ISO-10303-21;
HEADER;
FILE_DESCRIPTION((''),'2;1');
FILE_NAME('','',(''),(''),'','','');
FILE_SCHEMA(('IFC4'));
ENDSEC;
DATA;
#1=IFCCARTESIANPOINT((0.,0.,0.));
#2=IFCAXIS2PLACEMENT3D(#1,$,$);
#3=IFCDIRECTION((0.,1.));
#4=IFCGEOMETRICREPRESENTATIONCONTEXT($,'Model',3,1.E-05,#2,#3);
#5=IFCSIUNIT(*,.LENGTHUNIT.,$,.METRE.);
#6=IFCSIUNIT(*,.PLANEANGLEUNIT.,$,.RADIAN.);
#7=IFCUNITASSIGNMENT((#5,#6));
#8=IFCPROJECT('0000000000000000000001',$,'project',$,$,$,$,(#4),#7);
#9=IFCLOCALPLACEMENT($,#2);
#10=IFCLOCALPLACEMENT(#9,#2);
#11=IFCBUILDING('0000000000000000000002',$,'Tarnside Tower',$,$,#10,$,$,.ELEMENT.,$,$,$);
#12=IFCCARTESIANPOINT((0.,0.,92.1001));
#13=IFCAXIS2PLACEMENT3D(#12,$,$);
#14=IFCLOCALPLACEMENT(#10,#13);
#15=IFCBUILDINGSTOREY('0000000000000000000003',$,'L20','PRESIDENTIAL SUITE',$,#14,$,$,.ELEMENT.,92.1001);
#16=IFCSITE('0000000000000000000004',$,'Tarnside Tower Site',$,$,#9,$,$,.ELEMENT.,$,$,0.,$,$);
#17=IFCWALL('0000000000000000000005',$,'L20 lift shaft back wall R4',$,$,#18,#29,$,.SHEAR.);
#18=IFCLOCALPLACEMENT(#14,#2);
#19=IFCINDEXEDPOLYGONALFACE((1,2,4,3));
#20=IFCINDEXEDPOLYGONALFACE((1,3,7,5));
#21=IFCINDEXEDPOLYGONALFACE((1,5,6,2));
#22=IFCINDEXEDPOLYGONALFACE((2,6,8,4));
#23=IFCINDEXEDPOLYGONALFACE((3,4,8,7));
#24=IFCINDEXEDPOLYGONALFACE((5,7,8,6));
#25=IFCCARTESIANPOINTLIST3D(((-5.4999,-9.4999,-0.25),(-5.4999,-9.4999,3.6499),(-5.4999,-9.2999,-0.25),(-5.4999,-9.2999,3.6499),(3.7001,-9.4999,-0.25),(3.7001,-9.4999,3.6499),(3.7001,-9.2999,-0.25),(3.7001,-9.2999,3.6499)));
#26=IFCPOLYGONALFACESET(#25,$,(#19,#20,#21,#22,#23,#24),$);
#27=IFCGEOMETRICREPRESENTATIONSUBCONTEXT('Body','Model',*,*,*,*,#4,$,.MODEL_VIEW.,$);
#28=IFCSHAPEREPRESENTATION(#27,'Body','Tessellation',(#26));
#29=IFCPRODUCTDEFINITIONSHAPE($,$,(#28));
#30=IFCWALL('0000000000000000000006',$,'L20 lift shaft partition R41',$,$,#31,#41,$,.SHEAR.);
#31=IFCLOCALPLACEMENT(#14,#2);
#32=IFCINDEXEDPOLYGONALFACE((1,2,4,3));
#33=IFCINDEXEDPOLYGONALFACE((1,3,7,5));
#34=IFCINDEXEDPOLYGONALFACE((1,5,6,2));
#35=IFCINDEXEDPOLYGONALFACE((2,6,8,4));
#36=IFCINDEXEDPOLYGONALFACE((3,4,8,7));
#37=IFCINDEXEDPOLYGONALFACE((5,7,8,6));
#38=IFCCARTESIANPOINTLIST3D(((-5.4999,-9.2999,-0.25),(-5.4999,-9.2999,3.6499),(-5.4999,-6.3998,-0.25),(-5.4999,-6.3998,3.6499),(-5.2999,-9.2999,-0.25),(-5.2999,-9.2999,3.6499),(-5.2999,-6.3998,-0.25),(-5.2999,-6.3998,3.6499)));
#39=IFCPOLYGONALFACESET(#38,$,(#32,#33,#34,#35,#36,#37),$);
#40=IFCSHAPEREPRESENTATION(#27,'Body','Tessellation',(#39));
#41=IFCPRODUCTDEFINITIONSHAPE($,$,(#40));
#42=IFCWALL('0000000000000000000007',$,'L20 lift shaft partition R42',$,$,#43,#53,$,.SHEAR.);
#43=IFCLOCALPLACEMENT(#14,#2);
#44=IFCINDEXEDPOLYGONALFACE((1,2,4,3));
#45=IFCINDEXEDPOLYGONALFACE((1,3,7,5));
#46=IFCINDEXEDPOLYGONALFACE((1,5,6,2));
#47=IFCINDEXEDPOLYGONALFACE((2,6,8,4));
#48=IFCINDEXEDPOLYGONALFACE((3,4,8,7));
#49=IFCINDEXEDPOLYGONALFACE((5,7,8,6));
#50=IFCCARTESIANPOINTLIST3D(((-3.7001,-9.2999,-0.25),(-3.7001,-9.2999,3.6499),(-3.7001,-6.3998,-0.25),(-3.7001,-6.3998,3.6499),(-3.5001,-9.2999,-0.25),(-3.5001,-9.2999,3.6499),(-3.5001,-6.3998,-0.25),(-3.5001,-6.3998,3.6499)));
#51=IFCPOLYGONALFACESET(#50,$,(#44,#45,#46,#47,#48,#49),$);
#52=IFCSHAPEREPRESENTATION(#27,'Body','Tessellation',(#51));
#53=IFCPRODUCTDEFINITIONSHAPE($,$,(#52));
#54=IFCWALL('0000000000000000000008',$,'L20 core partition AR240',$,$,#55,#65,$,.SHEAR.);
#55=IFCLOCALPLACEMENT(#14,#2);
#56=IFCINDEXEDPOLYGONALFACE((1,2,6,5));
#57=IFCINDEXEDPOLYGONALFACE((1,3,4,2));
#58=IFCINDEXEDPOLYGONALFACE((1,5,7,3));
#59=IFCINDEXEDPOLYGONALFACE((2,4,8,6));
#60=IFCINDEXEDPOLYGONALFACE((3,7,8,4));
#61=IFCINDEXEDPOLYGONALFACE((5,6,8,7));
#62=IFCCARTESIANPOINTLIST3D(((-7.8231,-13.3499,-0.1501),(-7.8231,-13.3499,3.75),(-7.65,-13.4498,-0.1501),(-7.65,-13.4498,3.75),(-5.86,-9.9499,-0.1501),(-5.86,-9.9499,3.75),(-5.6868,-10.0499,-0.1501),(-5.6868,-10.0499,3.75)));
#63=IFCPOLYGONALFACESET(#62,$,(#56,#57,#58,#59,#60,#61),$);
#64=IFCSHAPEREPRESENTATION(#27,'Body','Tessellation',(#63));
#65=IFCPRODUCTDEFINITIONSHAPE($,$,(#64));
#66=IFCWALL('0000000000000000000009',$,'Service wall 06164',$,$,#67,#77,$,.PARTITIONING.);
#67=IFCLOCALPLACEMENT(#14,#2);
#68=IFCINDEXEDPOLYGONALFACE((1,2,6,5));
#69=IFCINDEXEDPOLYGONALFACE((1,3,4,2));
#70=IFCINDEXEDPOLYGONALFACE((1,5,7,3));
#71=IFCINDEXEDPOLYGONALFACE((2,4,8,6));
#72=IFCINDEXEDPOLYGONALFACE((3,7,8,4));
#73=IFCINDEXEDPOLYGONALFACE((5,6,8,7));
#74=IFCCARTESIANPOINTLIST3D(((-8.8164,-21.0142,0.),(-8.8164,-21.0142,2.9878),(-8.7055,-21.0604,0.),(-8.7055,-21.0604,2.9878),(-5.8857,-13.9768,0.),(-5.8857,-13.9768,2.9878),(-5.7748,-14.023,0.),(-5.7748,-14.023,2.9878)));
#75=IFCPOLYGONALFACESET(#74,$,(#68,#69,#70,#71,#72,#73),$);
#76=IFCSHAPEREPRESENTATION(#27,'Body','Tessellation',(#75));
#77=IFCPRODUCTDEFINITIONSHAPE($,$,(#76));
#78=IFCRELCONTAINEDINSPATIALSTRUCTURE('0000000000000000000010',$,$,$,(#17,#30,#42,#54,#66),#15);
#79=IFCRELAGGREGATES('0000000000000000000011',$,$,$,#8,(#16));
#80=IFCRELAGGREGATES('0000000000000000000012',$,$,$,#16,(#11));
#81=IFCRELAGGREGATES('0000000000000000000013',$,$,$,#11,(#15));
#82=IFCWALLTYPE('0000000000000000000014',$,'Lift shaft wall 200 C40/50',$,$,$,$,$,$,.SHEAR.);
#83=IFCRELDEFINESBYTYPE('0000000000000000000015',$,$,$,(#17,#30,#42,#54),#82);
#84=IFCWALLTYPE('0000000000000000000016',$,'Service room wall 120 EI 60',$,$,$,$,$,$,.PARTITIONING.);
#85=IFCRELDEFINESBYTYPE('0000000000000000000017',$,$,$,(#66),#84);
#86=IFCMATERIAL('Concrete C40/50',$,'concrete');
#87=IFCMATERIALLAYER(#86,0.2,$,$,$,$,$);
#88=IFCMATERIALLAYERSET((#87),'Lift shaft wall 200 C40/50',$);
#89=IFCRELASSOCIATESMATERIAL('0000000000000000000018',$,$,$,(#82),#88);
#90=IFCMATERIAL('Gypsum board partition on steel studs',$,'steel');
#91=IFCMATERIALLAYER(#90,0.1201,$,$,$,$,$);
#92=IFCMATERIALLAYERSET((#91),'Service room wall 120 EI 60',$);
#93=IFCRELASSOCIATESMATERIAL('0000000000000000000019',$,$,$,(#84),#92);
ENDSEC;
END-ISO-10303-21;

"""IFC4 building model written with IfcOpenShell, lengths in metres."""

from ifc_helpers import new_model, si_unit, direction, frame, frame_2d, origin, place, context, subcontext, project, spatial, rectangle, extrude, material, layer, layer_set, type_object, element, save


model = new_model("IFC4")

# Units and contexts
model_context = context("Model", 3, precision=1e-05, world=origin(), true_north=direction((0.0, 1.0)))
body_context = subcontext(model_context, "Body", "Model", "MODEL_VIEW")
ifc_project = project(units=[si_unit("LENGTHUNIT", "METRE"), si_unit("PLANEANGLEUNIT", "RADIAN")], contexts=[model_context])

# Site, building, storey
site_placement = place(None, origin())
site = spatial("IfcSite", under=ifc_project, at=site_placement, Name="Tarnside Tower Site", CompositionType="ELEMENT", RefElevation=0.0)
building_placement = place(site_placement, origin())
building = spatial("IfcBuilding", under=site, at=building_placement, Name="Tarnside Tower", CompositionType="ELEMENT")
storey_placement = place(building_placement, frame((0.0, 0.0, 92.1001)))
storey = spatial("IfcBuildingStorey", under=building, at=storey_placement, Name="L20", Description="PRESIDENTIAL SUITE", CompositionType="ELEMENT", Elevation=92.1001)

# Shared definitions
ifc_material_1 = material(Name="Gypsum board partition on steel studs", Category="steel")

# Walls
ifc_material_2 = material(Name="Concrete C40/50", Category="concrete")
ifc_layer_1 = layer(ifc_material_2, 0.2)
ifc_layer_set_1 = layer_set([ifc_layer_1], Name="Lift shaft wall 200 C40/50")
wall_type_1 = type_object("IfcWallType", Name="Lift shaft wall 200 C40/50", PredefinedType="SHEAR", material=ifc_layer_set_1)
wall_1_placement = place(storey_placement, frame((-5.5, -9.3999, -0.25), z_axis=(0.0, 0.0, 1.0), x_axis=(1.0, 0.0, 0.0)))
element("IfcWall", 1, at=wall_1_placement, inside=storey, type_object=wall_type_1, Name="L20 lift shaft back wall R4", PredefinedType="SHEAR", context=body_context, shape_type="SweptSolid", body=[
    extrude(rectangle(XDim=9.2, YDim=0.2, at=frame_2d((4.6001, 0.0))), origin(), (0.0, 0.0, 1.0), 3.8999),
])
for number, where, z_axis, x_axis, name in (
    (2, (-5.3999, -9.3, -0.25), (0.0, 0.0, 1.0), (0.0, 1.0, 0.0), "L20 lift shaft partition R41"),
    (3, (-3.6001, -9.3, -0.25), (0.0, 0.0, 1.0), (0.0, 1.0, 0.0), "L20 lift shaft partition R42"),
):
    element("IfcWall", number, at=place(storey_placement, frame(where, z_axis=z_axis, x_axis=x_axis)), inside=storey, type_object=wall_type_1, Name=name, PredefinedType="SHEAR", context=body_context, shape_type="SweptSolid", body=[
        extrude(rectangle(XDim=2.9001, YDim=0.2, at=frame_2d((1.4502, 0.0))), origin(), (0.0, 0.0, 1.0), 3.8999),
    ])
wall_2_placement = place(storey_placement, frame((-5.7734, -10.0, -0.1501), z_axis=(0.0, 0.0, 1.0), x_axis=(-0.500038, -0.866003, 0.0)))
element("IfcWall", 4, at=wall_2_placement, inside=storey, type_object=wall_type_1, Name="L20 core partition AR240", PredefinedType="SHEAR", context=body_context, shape_type="SweptSolid", body=[
    extrude(rectangle(XDim=3.926, YDim=0.2, at=frame_2d((1.9629, 0.0))), origin(), (0.0, 0.0, 1.0), 3.9001),
])
ifc_layer_2 = layer(ifc_material_1, 0.1201)
ifc_layer_set_2 = layer_set([ifc_layer_2], Name="Service room wall 120 EI 60")
wall_type_2 = type_object("IfcWallType", Name="Service room wall 120 EI 60", PredefinedType="PARTITIONING", material=ifc_layer_set_2)
wall_3_placement = place(storey_placement, frame((-5.8303, -14.0, 0.0), z_axis=(0.0, 0.0, 1.0), x_axis=(-0.38444, -0.92315, 0.0)))
element("IfcWall", 5, at=wall_3_placement, inside=storey, type_object=wall_type_2, Name="Service wall 06164", PredefinedType="PARTITIONING", context=body_context, shape_type="SweptSolid", body=[
    extrude(rectangle(XDim=7.6233, YDim=0.1201, at=frame_2d((3.8115, 0.0))), origin(), (0.0, 0.0, 1.0), 2.9878),
])

save(model, "model.ifc")
